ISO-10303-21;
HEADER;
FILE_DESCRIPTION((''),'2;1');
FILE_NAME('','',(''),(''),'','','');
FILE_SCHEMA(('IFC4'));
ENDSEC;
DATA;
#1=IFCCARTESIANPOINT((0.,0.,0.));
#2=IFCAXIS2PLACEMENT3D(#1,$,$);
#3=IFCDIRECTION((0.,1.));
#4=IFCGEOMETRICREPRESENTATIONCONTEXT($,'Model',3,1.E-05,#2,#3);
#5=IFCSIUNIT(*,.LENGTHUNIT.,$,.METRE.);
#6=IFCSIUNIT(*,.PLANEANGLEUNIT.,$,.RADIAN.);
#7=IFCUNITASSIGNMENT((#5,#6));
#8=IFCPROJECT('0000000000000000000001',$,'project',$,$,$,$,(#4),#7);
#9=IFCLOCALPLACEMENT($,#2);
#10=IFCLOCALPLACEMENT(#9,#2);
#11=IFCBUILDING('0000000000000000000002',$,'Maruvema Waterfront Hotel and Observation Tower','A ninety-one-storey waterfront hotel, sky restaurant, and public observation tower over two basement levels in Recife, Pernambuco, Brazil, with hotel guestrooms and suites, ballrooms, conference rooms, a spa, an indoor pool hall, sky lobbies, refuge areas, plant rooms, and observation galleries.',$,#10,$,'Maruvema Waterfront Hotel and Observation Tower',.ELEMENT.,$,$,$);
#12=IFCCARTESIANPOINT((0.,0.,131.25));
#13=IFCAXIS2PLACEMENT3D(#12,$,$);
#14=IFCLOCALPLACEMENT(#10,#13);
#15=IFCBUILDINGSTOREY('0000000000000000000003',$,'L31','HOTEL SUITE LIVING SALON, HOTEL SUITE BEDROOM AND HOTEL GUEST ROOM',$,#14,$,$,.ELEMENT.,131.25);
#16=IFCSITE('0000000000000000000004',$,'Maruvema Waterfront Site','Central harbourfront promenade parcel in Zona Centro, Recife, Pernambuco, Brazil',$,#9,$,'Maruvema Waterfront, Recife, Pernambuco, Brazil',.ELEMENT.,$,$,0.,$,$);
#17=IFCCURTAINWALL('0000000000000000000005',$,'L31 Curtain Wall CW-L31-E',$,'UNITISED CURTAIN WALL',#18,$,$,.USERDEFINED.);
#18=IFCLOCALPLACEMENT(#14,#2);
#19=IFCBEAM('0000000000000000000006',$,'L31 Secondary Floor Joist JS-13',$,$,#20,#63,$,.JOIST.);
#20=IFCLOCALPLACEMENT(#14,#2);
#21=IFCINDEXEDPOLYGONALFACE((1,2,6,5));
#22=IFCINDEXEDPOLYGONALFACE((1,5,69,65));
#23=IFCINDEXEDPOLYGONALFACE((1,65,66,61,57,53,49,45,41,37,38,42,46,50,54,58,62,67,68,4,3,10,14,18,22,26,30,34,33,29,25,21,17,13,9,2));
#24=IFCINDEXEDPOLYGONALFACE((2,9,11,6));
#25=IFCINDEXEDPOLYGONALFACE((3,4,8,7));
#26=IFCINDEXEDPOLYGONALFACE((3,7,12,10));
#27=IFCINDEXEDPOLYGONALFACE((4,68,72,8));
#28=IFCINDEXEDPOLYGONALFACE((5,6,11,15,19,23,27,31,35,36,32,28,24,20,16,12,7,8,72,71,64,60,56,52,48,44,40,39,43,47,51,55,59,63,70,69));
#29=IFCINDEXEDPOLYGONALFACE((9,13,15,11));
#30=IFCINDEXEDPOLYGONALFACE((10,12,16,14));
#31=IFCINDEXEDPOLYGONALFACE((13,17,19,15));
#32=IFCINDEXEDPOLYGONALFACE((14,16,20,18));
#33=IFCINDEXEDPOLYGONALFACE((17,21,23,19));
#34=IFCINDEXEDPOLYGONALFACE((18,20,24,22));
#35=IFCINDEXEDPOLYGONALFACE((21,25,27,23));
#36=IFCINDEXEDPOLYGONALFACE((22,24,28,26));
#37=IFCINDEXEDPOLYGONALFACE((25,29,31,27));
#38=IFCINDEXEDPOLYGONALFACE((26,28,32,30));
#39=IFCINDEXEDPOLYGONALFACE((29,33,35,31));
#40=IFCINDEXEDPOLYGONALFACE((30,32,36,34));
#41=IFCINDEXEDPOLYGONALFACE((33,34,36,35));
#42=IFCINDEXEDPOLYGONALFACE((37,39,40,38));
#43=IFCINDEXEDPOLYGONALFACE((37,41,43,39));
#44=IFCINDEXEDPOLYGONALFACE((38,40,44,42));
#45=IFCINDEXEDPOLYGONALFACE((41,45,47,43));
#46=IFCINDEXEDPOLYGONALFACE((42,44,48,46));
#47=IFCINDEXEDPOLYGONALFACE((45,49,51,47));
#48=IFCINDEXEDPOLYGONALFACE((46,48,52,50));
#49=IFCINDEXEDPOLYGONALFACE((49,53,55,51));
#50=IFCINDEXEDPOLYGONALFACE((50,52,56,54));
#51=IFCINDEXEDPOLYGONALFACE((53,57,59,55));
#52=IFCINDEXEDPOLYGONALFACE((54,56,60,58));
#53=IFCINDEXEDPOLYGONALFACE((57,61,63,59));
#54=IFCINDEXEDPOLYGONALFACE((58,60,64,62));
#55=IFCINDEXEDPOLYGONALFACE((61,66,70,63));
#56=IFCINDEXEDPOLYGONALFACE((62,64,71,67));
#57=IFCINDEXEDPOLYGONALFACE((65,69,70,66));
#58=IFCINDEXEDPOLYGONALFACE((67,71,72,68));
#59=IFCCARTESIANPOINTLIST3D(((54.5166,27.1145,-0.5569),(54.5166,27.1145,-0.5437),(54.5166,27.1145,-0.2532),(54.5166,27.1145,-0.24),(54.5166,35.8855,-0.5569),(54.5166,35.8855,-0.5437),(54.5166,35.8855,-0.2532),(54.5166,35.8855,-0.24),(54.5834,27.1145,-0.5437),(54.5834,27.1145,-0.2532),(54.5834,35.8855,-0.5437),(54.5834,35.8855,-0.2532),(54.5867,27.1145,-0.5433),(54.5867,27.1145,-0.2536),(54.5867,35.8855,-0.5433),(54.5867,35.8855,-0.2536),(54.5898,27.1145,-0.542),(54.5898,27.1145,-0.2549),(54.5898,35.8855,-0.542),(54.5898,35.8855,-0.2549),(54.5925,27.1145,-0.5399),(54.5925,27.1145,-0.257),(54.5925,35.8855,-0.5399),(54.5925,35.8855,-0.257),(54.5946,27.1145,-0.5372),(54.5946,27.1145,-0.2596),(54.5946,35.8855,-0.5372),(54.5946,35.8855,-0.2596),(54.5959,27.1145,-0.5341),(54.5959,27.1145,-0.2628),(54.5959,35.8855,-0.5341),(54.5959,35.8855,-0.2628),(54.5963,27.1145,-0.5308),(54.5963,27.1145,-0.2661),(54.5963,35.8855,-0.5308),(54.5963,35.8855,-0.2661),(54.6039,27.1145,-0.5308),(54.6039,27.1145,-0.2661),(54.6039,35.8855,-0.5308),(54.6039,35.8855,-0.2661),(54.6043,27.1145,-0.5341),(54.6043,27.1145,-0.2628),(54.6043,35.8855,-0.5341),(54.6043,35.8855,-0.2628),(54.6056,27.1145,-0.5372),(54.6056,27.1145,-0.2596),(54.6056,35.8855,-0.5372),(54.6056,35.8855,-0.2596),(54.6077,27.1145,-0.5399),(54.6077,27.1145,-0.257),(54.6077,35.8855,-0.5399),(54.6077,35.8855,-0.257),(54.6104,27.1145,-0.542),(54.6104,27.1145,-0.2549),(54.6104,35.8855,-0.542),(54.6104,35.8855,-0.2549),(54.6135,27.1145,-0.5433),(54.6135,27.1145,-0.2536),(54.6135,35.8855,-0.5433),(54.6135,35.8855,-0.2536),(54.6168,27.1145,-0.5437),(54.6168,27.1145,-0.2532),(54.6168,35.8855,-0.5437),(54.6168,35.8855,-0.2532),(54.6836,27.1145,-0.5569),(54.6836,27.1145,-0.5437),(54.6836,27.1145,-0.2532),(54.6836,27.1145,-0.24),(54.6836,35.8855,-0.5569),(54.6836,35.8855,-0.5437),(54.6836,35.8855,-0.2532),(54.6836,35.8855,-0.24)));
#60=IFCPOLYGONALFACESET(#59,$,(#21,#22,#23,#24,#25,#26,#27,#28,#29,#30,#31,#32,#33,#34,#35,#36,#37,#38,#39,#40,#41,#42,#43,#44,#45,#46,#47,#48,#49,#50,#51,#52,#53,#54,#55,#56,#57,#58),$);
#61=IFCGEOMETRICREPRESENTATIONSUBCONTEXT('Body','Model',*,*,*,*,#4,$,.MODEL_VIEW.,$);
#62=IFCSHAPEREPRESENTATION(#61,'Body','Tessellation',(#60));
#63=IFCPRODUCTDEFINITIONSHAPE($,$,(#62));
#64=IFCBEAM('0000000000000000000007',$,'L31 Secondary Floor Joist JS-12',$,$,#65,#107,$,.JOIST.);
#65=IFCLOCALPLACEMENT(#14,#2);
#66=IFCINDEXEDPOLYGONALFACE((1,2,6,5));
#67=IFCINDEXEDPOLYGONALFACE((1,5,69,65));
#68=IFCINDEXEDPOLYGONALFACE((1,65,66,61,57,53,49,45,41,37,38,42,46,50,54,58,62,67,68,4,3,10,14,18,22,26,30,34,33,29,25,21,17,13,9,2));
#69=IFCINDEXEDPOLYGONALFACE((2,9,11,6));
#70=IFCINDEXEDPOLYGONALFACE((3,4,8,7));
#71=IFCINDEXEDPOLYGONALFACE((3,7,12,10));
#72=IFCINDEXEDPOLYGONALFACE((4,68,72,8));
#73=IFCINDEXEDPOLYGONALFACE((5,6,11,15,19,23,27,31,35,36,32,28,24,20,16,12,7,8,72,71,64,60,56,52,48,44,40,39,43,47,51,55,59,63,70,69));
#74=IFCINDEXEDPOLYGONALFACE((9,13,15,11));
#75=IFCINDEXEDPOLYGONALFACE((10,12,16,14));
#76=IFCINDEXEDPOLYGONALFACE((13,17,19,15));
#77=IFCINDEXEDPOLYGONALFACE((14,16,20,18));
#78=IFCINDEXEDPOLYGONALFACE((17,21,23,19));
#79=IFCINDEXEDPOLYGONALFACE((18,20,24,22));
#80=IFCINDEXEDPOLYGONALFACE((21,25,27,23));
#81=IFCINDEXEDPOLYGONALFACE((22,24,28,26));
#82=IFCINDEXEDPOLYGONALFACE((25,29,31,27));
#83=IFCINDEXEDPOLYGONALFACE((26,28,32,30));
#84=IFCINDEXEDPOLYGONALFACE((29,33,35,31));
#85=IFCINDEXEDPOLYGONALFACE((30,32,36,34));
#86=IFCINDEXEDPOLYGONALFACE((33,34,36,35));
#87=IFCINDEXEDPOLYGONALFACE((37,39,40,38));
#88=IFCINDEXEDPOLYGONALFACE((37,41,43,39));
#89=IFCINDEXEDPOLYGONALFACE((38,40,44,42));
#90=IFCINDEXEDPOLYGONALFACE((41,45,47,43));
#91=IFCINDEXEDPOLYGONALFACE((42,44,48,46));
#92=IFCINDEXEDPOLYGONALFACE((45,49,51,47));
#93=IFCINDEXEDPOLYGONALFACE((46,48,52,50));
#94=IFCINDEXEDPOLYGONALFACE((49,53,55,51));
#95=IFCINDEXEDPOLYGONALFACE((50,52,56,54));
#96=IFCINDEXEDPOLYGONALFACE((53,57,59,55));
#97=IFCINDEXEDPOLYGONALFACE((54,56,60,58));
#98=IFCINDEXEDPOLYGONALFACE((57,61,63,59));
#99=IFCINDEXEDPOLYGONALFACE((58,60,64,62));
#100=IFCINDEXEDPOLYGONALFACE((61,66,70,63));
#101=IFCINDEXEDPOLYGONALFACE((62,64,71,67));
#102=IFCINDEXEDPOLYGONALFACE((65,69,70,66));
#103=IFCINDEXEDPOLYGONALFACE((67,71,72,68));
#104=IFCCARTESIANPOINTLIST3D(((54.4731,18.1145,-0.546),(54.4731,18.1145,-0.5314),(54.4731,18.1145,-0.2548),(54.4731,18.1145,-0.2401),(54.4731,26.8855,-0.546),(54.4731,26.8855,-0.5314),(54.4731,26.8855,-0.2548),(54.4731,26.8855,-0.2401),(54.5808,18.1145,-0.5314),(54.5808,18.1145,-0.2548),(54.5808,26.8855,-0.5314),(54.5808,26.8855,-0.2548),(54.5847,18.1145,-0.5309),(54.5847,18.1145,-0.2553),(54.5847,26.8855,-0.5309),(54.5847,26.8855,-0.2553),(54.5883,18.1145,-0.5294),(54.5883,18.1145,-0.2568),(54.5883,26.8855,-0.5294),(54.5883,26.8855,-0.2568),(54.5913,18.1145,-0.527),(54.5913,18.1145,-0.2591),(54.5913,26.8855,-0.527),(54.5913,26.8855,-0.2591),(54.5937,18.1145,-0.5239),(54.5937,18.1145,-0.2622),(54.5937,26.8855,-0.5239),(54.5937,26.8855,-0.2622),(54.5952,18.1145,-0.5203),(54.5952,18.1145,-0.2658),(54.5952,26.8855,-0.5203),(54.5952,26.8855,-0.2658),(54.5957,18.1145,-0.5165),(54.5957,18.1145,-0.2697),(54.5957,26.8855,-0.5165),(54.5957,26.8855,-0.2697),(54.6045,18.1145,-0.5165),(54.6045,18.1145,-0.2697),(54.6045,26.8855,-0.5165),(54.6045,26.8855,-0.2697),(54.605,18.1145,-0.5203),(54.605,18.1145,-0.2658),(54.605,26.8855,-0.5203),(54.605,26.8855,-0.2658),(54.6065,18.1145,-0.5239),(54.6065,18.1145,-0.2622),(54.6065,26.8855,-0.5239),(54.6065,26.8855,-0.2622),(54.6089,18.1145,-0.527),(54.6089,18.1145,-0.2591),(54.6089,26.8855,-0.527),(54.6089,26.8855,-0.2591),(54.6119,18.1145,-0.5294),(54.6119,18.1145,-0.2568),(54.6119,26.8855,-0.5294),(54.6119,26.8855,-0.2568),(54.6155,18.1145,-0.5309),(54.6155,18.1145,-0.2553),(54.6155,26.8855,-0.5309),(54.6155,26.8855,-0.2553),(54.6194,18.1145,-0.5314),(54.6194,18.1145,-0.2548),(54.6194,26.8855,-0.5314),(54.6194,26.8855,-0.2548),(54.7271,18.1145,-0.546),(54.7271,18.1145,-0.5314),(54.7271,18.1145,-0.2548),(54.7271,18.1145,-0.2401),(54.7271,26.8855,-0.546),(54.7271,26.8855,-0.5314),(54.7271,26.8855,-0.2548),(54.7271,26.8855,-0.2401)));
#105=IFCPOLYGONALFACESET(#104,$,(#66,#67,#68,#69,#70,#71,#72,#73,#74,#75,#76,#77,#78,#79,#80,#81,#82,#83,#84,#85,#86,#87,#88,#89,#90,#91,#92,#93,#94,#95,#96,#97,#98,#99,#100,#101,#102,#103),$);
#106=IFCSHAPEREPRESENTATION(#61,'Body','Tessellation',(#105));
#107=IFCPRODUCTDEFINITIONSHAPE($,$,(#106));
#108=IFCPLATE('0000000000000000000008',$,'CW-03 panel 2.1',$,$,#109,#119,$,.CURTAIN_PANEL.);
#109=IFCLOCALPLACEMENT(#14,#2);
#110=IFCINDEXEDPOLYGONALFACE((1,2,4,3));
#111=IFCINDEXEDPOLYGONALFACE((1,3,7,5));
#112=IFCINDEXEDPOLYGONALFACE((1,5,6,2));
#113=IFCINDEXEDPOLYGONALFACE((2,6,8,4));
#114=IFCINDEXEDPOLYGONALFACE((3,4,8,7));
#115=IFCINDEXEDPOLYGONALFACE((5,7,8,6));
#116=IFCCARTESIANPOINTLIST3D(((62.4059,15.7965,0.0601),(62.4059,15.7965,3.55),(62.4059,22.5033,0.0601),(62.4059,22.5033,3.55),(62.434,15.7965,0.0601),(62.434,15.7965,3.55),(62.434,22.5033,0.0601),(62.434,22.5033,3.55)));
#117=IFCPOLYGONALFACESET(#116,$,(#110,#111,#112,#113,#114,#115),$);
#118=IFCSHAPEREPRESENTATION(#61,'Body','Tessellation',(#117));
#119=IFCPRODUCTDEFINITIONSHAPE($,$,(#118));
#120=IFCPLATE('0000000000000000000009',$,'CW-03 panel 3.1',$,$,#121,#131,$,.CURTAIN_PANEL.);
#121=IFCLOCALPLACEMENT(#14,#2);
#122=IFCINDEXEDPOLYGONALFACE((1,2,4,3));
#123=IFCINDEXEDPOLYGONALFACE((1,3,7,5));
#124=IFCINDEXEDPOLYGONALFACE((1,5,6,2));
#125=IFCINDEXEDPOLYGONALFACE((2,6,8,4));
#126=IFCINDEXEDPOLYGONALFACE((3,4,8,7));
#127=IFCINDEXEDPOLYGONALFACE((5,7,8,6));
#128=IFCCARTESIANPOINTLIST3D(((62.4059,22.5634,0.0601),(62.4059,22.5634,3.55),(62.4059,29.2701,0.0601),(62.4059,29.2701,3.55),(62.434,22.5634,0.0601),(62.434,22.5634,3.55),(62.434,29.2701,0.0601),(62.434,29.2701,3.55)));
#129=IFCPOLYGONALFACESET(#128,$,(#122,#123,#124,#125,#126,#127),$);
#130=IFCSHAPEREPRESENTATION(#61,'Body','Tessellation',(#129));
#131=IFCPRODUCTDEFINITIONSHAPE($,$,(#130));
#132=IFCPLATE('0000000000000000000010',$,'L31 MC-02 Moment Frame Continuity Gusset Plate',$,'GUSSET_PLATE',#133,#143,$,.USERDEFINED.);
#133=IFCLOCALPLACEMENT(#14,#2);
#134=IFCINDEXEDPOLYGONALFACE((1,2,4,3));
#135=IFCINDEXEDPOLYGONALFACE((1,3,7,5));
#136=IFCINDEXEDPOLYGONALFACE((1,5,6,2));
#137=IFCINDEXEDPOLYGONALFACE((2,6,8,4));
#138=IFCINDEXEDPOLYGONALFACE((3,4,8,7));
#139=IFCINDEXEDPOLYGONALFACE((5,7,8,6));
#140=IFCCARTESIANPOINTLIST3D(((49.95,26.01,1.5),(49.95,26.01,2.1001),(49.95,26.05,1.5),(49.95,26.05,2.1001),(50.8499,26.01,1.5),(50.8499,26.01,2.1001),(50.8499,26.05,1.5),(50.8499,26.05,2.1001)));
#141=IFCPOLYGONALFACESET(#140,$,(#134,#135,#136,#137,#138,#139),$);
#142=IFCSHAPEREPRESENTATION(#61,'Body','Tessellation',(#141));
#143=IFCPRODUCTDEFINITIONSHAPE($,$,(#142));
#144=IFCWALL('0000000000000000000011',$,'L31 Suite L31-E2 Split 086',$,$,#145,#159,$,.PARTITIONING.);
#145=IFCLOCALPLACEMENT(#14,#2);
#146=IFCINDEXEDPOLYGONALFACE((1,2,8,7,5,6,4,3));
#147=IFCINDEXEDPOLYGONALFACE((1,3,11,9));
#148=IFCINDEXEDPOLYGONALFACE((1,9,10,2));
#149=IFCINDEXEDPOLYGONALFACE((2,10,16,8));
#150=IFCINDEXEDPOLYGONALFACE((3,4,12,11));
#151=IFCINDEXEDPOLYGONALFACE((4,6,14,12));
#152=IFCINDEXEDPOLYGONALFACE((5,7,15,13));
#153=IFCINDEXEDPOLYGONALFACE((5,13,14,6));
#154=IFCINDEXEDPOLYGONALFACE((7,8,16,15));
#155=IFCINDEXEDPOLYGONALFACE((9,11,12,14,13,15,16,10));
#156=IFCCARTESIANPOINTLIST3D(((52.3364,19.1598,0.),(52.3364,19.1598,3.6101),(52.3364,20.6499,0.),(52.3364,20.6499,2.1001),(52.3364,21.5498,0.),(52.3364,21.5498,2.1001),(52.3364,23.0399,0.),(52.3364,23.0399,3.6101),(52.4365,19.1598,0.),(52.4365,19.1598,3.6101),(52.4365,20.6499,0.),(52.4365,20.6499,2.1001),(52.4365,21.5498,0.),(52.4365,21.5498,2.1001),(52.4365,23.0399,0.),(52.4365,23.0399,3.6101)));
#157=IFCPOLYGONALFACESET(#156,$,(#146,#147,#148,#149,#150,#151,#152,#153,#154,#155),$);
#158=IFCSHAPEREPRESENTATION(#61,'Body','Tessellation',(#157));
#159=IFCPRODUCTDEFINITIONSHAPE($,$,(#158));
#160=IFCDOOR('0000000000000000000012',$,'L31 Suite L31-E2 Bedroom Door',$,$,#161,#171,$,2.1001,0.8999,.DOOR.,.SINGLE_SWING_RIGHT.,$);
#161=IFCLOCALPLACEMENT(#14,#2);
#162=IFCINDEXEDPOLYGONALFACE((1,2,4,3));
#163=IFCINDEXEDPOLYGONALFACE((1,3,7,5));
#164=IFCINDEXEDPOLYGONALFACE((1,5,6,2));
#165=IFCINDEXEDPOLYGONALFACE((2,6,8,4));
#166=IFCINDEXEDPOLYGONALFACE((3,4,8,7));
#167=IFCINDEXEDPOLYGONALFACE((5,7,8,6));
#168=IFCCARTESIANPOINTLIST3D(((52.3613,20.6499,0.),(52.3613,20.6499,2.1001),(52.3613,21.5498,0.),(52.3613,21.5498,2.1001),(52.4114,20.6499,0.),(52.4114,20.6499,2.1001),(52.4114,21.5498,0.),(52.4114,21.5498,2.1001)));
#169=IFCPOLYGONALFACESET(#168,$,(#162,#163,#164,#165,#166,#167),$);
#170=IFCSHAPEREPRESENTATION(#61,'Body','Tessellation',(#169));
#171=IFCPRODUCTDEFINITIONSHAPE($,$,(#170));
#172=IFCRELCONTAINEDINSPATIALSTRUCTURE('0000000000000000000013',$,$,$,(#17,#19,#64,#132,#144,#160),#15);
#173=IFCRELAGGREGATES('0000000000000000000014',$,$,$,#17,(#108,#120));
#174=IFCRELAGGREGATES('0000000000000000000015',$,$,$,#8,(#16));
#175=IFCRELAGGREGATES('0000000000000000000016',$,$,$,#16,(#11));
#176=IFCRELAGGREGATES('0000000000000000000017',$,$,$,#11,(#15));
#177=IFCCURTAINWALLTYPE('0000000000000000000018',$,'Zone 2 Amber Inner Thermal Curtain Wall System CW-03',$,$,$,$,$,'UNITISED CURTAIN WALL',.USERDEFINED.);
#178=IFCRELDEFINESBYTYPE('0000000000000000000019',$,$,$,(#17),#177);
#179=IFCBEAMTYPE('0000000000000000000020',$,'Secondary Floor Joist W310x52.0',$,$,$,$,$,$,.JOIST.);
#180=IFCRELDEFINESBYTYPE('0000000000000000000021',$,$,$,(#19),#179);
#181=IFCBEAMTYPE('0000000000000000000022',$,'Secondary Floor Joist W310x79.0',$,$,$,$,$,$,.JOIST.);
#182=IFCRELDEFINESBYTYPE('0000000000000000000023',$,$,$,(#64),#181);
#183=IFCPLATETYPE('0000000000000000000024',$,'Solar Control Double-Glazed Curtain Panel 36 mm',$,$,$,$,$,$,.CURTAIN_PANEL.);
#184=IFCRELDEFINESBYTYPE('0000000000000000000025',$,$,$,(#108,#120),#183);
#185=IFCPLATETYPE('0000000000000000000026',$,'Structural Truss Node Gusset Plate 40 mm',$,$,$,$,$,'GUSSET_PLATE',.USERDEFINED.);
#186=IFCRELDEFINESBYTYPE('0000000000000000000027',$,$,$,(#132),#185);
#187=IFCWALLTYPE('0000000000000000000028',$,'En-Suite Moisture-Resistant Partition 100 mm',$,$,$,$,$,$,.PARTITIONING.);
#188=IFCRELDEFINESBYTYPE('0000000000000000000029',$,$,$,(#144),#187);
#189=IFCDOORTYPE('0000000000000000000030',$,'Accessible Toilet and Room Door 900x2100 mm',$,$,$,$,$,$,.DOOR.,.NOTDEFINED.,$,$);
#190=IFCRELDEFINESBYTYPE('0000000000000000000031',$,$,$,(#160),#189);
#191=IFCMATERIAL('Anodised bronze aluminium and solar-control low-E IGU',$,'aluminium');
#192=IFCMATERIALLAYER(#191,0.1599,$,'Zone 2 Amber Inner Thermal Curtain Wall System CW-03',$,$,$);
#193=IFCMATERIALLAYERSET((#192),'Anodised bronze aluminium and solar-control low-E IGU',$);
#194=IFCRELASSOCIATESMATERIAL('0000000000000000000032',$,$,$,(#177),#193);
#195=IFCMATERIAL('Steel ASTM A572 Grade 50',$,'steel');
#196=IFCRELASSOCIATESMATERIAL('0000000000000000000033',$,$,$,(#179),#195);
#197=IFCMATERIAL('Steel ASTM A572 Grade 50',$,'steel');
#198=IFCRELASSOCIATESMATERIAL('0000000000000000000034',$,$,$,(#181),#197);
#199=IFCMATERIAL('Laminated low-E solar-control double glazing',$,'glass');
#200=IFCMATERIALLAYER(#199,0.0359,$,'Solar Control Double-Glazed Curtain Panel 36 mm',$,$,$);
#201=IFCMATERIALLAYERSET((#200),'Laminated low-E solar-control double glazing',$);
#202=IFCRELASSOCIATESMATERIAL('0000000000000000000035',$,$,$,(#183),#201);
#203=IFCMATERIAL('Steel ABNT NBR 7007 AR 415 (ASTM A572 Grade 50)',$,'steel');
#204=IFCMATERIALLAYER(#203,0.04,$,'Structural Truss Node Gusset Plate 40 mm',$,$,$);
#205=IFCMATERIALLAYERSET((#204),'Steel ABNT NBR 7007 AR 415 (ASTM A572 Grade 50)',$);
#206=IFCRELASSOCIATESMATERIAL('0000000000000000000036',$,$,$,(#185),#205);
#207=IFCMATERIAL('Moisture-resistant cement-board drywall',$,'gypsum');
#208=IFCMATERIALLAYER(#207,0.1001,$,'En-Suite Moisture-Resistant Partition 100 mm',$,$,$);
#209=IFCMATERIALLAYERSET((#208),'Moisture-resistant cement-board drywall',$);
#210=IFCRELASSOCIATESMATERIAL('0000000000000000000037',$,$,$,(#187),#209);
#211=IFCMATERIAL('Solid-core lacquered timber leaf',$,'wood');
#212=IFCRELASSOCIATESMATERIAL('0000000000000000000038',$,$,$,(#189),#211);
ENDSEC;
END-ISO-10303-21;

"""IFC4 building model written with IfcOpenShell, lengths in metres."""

from ifc_helpers import new_model, si_unit, direction, frame, frame_2d, origin, origin_2d, place, context, subcontext, project, spatial, rectangle, i_section, extrude, material, layer, layer_set, material_profile, profile_set, type_object, element, fill, aggregate, save


model = new_model("IFC4")

# Units and contexts
model_context = context("Model", 3, precision=1e-05, world=origin(), true_north=direction((0.0, 1.0)))
body_context = subcontext(model_context, "Body", "Model", "MODEL_VIEW")
ifc_project = project(units=[si_unit("LENGTHUNIT", "METRE"), si_unit("PLANEANGLEUNIT", "RADIAN")], contexts=[model_context])

# Site, building, storey
site_placement = place(None, origin())
site = spatial("IfcSite", under=ifc_project, at=site_placement, Name="Maruvema Waterfront Site", Description="Central harbourfront promenade parcel in Zona Centro, Recife, Pernambuco, Brazil", LongName="Maruvema Waterfront, Recife, Pernambuco, Brazil", CompositionType="ELEMENT", RefElevation=0.0)
building_placement = place(site_placement, origin())
building = spatial("IfcBuilding", under=site, at=building_placement, Name="Maruvema Waterfront Hotel and Observation Tower", Description="A ninety-one-storey waterfront hotel, sky restaurant, and public observation tower over two basement levels in Recife, Pernambuco, Brazil, with hotel guestrooms and suites, ballrooms, conference rooms, a spa, an indoor pool hall, sky lobbies, refuge areas, plant rooms, and observation galleries.", LongName="Maruvema Waterfront Hotel and Observation Tower", CompositionType="ELEMENT")
storey_placement = place(building_placement, frame((0.0, 0.0, 131.25)))
storey = spatial("IfcBuildingStorey", under=building, at=storey_placement, Name="L31", Description="HOTEL SUITE LIVING SALON, HOTEL SUITE BEDROOM AND HOTEL GUEST ROOM", CompositionType="ELEMENT", Elevation=131.25)

# Curtain wall
ifc_material_1 = material(Name="Anodised bronze aluminium and solar-control low-E IGU", Category="aluminium")
ifc_layer_1 = layer(ifc_material_1, 0.1599, Name="Zone 2 Amber Inner Thermal Curtain Wall System CW-03")
ifc_layer_set_1 = layer_set([ifc_layer_1], Name="Anodised bronze aluminium and solar-control low-E IGU")
curtain_wall_type = type_object("IfcCurtainWallType", Name="Zone 2 Amber Inner Thermal Curtain Wall System CW-03", ElementType="UNITISED CURTAIN WALL", PredefinedType="USERDEFINED", material=ifc_layer_set_1)
curtain_wall_placement = place(storey_placement, origin())
curtain_wall = element("IfcCurtainWall", 1, at=curtain_wall_placement, inside=storey, type_object=curtain_wall_type, Name="L31 Curtain Wall CW-L31-E", ObjectType="UNITISED CURTAIN WALL", PredefinedType="USERDEFINED")

# Beams
ifc_material_2 = material(Name="Steel ASTM A572 Grade 50", Category="steel")
ifc_material_profile_1 = material_profile(ifc_material_2, i_section(OverallWidth=0.167, OverallDepth=0.3169, WebThickness=0.0076, FlangeThickness=0.0132, FilletRadius=0.0129, at=origin_2d()), Name="W310x52.0")
ifc_profile_set_1 = profile_set([ifc_material_profile_1], Name="Steel ASTM A572 Grade 50")
beam_type_1 = type_object("IfcBeamType", Name="Secondary Floor Joist W310x52.0", PredefinedType="JOIST", material=ifc_profile_set_1)
beam_1_placement = place(storey_placement, frame((54.6001, 27.1145, -0.3984), z_axis=(0.0, 1.0, 0.0), x_axis=(-1.0, 0.0, 0.0)))
element("IfcBeam", 2, at=beam_1_placement, inside=storey, type_object=beam_type_1, Name="L31 Secondary Floor Joist JS-13", PredefinedType="JOIST", context=body_context, shape_type="SweptSolid", body=[
    extrude(i_section(OverallWidth=0.167, OverallDepth=0.3169, WebThickness=0.0076, FlangeThickness=0.0132, FilletRadius=0.0129, at=origin_2d()), origin(), (0.0, 0.0, 1.0), 8.771),
])
ifc_material_3 = material(Name="Steel ASTM A572 Grade 50", Category="steel")
ifc_material_profile_2 = material_profile(ifc_material_3, i_section(OverallWidth=0.2539, OverallDepth=0.3059, WebThickness=0.0088, FlangeThickness=0.0146, FilletRadius=0.0149, at=origin_2d()), Name="W310x79.0")
ifc_profile_set_2 = profile_set([ifc_material_profile_2], Name="Steel ASTM A572 Grade 50")
beam_type_2 = type_object("IfcBeamType", Name="Secondary Floor Joist W310x79.0", PredefinedType="JOIST", material=ifc_profile_set_2)
beam_2_placement = place(storey_placement, frame((54.6001, 18.1145, -0.3931), z_axis=(0.0, 1.0, 0.0), x_axis=(-1.0, 0.0, 0.0)))
element("IfcBeam", 3, at=beam_2_placement, inside=storey, type_object=beam_type_2, Name="L31 Secondary Floor Joist JS-12", PredefinedType="JOIST", context=body_context, shape_type="SweptSolid", body=[
    extrude(i_section(OverallWidth=0.2539, OverallDepth=0.3059, WebThickness=0.0088, FlangeThickness=0.0146, FilletRadius=0.0149, at=origin_2d()), origin(), (0.0, 0.0, 1.0), 8.771),
])

# Plates
ifc_material_4 = material(Name="Laminated low-E solar-control double glazing", Category="glass")
ifc_layer_2 = layer(ifc_material_4, 0.0359, Name="Solar Control Double-Glazed Curtain Panel 36 mm")
ifc_layer_set_2 = layer_set([ifc_layer_2], Name="Laminated low-E solar-control double glazing")
plate_type_1 = type_object("IfcPlateType", Name="Solar Control Double-Glazed Curtain Panel 36 mm", PredefinedType="CURTAIN_PANEL", material=ifc_layer_set_2)
plate_1_placement = place(storey_placement, frame((62.4199, 19.1499, 0.0601), z_axis=(0.0, 0.0, 1.0), x_axis=(0.0, 1.0, 0.0)))
plate_1 = element("IfcPlate", 4, at=plate_1_placement, type_object=plate_type_1, Name="CW-03 panel 2.1", PredefinedType="CURTAIN_PANEL", context=body_context, shape_type="SweptSolid", body=[
    extrude(rectangle(XDim=6.7068, YDim=0.0281, at=origin_2d()), origin(), (0.0, 0.0, 1.0), 3.49),
])
plate_2_placement = place(storey_placement, frame((62.4199, 25.9167, 0.0601), z_axis=(0.0, 0.0, 1.0), x_axis=(0.0, 1.0, 0.0)))
plate_2 = element("IfcPlate", 5, at=plate_2_placement, type_object=plate_type_1, Name="CW-03 panel 3.1", PredefinedType="CURTAIN_PANEL", context=body_context, shape_type="SweptSolid", body=[
    extrude(rectangle(XDim=6.7068, YDim=0.0281, at=origin_2d()), origin(), (0.0, 0.0, 1.0), 3.49),
])
aggregate(curtain_wall, [plate_1, plate_2])
ifc_material_5 = material(Name="Steel ABNT NBR 7007 AR 415 (ASTM A572 Grade 50)", Category="steel")
ifc_layer_3 = layer(ifc_material_5, 0.04, Name="Structural Truss Node Gusset Plate 40 mm")
ifc_layer_set_3 = layer_set([ifc_layer_3], Name="Steel ABNT NBR 7007 AR 415 (ASTM A572 Grade 50)")
plate_type_2 = type_object("IfcPlateType", Name="Structural Truss Node Gusset Plate 40 mm", ElementType="GUSSET_PLATE", PredefinedType="USERDEFINED", material=ifc_layer_set_3)
plate_3_placement = place(storey_placement, frame((50.3999, 26.03, 1.5), z_axis=(0.0, 0.0, 1.0), x_axis=(1.0, 0.0, 0.0)))
element("IfcPlate", 6, at=plate_3_placement, inside=storey, type_object=plate_type_2, Name="L31 MC-02 Moment Frame Continuity Gusset Plate", ObjectType="GUSSET_PLATE", PredefinedType="USERDEFINED", context=body_context, shape_type="SweptSolid", body=[
    extrude(rectangle(XDim=0.8999, YDim=0.04, at=origin_2d()), origin(), (0.0, 0.0, 1.0), 0.6001),
])

# Wall, opening, door
ifc_material_6 = material(Name="Moisture-resistant cement-board drywall", Category="gypsum")
ifc_layer_4 = layer(ifc_material_6, 0.1001, Name="En-Suite Moisture-Resistant Partition 100 mm")
ifc_layer_set_4 = layer_set([ifc_layer_4], Name="Moisture-resistant cement-board drywall")
wall_type = type_object("IfcWallType", Name="En-Suite Moisture-Resistant Partition 100 mm", PredefinedType="PARTITIONING", material=ifc_layer_set_4)
wall_1_placement = place(storey_placement, frame((52.3865, 19.1599, 0.0), z_axis=(0.0, 0.0, 1.0), x_axis=(0.0, 1.0, 0.0)))
wall_1 = element("IfcWall", 7, at=wall_1_placement, inside=storey, type_object=wall_type, Name="L31 Suite L31-E2 Split 086", PredefinedType="PARTITIONING", context=body_context, shape_type="SweptSolid", body=[
    extrude(rectangle(XDim=3.8801, YDim=0.1001, at=frame_2d((1.9399, 0.0))), origin(), (0.0, 0.0, 1.0), 3.6101),
])
opening_1_placement = place(wall_1_placement, frame((1.49, 0.0, 0.0)))
opening_1 = element("IfcOpeningElement", 8, at=opening_1_placement, cuts=wall_1, PredefinedType="OPENING", context=body_context, shape_type="SweptSolid", body=[
    extrude(rectangle(XDim=0.8999, YDim=2.1001, at=frame_2d((0.45, 1.05))), frame((0.0, 0.0601, 0.0), z_axis=(0.0, -1.0, 0.0), x_axis=(1.0, 0.0, 0.0)), (0.0, 0.0, 1.0), 0.1201),
])
ifc_material_7 = material(Name="Solid-core lacquered timber leaf", Category="wood")
door_type = type_object("IfcDoorType", Name="Accessible Toilet and Room Door 900x2100 mm", OperationType="NOTDEFINED", PredefinedType="DOOR", material=ifc_material_7)
door_1_placement = place(opening_1_placement, frame((0.8999, 0.0, 0.0), z_axis=(0.0, 0.0, 1.0), x_axis=(-1.0, 0.0, 0.0)))
door_1 = element("IfcDoor", 9, at=door_1_placement, inside=storey, type_object=door_type, Name="L31 Suite L31-E2 Bedroom Door", OperationType="SINGLE_SWING_RIGHT", OverallHeight=2.1001, OverallWidth=0.8999, PredefinedType="DOOR", context=body_context, shape_type="SweptSolid", body=[
    extrude(rectangle(XDim=0.8999, YDim=2.1001, at=frame_2d((0.45, 1.05))), frame((0.0, 0.0249, 0.0), z_axis=(0.0, -1.0, 0.0), x_axis=(1.0, 0.0, 0.0)), (0.0, 0.0, 1.0), 0.05),
])
fill(opening_1, door_1)

save(model, "model.ifc")
